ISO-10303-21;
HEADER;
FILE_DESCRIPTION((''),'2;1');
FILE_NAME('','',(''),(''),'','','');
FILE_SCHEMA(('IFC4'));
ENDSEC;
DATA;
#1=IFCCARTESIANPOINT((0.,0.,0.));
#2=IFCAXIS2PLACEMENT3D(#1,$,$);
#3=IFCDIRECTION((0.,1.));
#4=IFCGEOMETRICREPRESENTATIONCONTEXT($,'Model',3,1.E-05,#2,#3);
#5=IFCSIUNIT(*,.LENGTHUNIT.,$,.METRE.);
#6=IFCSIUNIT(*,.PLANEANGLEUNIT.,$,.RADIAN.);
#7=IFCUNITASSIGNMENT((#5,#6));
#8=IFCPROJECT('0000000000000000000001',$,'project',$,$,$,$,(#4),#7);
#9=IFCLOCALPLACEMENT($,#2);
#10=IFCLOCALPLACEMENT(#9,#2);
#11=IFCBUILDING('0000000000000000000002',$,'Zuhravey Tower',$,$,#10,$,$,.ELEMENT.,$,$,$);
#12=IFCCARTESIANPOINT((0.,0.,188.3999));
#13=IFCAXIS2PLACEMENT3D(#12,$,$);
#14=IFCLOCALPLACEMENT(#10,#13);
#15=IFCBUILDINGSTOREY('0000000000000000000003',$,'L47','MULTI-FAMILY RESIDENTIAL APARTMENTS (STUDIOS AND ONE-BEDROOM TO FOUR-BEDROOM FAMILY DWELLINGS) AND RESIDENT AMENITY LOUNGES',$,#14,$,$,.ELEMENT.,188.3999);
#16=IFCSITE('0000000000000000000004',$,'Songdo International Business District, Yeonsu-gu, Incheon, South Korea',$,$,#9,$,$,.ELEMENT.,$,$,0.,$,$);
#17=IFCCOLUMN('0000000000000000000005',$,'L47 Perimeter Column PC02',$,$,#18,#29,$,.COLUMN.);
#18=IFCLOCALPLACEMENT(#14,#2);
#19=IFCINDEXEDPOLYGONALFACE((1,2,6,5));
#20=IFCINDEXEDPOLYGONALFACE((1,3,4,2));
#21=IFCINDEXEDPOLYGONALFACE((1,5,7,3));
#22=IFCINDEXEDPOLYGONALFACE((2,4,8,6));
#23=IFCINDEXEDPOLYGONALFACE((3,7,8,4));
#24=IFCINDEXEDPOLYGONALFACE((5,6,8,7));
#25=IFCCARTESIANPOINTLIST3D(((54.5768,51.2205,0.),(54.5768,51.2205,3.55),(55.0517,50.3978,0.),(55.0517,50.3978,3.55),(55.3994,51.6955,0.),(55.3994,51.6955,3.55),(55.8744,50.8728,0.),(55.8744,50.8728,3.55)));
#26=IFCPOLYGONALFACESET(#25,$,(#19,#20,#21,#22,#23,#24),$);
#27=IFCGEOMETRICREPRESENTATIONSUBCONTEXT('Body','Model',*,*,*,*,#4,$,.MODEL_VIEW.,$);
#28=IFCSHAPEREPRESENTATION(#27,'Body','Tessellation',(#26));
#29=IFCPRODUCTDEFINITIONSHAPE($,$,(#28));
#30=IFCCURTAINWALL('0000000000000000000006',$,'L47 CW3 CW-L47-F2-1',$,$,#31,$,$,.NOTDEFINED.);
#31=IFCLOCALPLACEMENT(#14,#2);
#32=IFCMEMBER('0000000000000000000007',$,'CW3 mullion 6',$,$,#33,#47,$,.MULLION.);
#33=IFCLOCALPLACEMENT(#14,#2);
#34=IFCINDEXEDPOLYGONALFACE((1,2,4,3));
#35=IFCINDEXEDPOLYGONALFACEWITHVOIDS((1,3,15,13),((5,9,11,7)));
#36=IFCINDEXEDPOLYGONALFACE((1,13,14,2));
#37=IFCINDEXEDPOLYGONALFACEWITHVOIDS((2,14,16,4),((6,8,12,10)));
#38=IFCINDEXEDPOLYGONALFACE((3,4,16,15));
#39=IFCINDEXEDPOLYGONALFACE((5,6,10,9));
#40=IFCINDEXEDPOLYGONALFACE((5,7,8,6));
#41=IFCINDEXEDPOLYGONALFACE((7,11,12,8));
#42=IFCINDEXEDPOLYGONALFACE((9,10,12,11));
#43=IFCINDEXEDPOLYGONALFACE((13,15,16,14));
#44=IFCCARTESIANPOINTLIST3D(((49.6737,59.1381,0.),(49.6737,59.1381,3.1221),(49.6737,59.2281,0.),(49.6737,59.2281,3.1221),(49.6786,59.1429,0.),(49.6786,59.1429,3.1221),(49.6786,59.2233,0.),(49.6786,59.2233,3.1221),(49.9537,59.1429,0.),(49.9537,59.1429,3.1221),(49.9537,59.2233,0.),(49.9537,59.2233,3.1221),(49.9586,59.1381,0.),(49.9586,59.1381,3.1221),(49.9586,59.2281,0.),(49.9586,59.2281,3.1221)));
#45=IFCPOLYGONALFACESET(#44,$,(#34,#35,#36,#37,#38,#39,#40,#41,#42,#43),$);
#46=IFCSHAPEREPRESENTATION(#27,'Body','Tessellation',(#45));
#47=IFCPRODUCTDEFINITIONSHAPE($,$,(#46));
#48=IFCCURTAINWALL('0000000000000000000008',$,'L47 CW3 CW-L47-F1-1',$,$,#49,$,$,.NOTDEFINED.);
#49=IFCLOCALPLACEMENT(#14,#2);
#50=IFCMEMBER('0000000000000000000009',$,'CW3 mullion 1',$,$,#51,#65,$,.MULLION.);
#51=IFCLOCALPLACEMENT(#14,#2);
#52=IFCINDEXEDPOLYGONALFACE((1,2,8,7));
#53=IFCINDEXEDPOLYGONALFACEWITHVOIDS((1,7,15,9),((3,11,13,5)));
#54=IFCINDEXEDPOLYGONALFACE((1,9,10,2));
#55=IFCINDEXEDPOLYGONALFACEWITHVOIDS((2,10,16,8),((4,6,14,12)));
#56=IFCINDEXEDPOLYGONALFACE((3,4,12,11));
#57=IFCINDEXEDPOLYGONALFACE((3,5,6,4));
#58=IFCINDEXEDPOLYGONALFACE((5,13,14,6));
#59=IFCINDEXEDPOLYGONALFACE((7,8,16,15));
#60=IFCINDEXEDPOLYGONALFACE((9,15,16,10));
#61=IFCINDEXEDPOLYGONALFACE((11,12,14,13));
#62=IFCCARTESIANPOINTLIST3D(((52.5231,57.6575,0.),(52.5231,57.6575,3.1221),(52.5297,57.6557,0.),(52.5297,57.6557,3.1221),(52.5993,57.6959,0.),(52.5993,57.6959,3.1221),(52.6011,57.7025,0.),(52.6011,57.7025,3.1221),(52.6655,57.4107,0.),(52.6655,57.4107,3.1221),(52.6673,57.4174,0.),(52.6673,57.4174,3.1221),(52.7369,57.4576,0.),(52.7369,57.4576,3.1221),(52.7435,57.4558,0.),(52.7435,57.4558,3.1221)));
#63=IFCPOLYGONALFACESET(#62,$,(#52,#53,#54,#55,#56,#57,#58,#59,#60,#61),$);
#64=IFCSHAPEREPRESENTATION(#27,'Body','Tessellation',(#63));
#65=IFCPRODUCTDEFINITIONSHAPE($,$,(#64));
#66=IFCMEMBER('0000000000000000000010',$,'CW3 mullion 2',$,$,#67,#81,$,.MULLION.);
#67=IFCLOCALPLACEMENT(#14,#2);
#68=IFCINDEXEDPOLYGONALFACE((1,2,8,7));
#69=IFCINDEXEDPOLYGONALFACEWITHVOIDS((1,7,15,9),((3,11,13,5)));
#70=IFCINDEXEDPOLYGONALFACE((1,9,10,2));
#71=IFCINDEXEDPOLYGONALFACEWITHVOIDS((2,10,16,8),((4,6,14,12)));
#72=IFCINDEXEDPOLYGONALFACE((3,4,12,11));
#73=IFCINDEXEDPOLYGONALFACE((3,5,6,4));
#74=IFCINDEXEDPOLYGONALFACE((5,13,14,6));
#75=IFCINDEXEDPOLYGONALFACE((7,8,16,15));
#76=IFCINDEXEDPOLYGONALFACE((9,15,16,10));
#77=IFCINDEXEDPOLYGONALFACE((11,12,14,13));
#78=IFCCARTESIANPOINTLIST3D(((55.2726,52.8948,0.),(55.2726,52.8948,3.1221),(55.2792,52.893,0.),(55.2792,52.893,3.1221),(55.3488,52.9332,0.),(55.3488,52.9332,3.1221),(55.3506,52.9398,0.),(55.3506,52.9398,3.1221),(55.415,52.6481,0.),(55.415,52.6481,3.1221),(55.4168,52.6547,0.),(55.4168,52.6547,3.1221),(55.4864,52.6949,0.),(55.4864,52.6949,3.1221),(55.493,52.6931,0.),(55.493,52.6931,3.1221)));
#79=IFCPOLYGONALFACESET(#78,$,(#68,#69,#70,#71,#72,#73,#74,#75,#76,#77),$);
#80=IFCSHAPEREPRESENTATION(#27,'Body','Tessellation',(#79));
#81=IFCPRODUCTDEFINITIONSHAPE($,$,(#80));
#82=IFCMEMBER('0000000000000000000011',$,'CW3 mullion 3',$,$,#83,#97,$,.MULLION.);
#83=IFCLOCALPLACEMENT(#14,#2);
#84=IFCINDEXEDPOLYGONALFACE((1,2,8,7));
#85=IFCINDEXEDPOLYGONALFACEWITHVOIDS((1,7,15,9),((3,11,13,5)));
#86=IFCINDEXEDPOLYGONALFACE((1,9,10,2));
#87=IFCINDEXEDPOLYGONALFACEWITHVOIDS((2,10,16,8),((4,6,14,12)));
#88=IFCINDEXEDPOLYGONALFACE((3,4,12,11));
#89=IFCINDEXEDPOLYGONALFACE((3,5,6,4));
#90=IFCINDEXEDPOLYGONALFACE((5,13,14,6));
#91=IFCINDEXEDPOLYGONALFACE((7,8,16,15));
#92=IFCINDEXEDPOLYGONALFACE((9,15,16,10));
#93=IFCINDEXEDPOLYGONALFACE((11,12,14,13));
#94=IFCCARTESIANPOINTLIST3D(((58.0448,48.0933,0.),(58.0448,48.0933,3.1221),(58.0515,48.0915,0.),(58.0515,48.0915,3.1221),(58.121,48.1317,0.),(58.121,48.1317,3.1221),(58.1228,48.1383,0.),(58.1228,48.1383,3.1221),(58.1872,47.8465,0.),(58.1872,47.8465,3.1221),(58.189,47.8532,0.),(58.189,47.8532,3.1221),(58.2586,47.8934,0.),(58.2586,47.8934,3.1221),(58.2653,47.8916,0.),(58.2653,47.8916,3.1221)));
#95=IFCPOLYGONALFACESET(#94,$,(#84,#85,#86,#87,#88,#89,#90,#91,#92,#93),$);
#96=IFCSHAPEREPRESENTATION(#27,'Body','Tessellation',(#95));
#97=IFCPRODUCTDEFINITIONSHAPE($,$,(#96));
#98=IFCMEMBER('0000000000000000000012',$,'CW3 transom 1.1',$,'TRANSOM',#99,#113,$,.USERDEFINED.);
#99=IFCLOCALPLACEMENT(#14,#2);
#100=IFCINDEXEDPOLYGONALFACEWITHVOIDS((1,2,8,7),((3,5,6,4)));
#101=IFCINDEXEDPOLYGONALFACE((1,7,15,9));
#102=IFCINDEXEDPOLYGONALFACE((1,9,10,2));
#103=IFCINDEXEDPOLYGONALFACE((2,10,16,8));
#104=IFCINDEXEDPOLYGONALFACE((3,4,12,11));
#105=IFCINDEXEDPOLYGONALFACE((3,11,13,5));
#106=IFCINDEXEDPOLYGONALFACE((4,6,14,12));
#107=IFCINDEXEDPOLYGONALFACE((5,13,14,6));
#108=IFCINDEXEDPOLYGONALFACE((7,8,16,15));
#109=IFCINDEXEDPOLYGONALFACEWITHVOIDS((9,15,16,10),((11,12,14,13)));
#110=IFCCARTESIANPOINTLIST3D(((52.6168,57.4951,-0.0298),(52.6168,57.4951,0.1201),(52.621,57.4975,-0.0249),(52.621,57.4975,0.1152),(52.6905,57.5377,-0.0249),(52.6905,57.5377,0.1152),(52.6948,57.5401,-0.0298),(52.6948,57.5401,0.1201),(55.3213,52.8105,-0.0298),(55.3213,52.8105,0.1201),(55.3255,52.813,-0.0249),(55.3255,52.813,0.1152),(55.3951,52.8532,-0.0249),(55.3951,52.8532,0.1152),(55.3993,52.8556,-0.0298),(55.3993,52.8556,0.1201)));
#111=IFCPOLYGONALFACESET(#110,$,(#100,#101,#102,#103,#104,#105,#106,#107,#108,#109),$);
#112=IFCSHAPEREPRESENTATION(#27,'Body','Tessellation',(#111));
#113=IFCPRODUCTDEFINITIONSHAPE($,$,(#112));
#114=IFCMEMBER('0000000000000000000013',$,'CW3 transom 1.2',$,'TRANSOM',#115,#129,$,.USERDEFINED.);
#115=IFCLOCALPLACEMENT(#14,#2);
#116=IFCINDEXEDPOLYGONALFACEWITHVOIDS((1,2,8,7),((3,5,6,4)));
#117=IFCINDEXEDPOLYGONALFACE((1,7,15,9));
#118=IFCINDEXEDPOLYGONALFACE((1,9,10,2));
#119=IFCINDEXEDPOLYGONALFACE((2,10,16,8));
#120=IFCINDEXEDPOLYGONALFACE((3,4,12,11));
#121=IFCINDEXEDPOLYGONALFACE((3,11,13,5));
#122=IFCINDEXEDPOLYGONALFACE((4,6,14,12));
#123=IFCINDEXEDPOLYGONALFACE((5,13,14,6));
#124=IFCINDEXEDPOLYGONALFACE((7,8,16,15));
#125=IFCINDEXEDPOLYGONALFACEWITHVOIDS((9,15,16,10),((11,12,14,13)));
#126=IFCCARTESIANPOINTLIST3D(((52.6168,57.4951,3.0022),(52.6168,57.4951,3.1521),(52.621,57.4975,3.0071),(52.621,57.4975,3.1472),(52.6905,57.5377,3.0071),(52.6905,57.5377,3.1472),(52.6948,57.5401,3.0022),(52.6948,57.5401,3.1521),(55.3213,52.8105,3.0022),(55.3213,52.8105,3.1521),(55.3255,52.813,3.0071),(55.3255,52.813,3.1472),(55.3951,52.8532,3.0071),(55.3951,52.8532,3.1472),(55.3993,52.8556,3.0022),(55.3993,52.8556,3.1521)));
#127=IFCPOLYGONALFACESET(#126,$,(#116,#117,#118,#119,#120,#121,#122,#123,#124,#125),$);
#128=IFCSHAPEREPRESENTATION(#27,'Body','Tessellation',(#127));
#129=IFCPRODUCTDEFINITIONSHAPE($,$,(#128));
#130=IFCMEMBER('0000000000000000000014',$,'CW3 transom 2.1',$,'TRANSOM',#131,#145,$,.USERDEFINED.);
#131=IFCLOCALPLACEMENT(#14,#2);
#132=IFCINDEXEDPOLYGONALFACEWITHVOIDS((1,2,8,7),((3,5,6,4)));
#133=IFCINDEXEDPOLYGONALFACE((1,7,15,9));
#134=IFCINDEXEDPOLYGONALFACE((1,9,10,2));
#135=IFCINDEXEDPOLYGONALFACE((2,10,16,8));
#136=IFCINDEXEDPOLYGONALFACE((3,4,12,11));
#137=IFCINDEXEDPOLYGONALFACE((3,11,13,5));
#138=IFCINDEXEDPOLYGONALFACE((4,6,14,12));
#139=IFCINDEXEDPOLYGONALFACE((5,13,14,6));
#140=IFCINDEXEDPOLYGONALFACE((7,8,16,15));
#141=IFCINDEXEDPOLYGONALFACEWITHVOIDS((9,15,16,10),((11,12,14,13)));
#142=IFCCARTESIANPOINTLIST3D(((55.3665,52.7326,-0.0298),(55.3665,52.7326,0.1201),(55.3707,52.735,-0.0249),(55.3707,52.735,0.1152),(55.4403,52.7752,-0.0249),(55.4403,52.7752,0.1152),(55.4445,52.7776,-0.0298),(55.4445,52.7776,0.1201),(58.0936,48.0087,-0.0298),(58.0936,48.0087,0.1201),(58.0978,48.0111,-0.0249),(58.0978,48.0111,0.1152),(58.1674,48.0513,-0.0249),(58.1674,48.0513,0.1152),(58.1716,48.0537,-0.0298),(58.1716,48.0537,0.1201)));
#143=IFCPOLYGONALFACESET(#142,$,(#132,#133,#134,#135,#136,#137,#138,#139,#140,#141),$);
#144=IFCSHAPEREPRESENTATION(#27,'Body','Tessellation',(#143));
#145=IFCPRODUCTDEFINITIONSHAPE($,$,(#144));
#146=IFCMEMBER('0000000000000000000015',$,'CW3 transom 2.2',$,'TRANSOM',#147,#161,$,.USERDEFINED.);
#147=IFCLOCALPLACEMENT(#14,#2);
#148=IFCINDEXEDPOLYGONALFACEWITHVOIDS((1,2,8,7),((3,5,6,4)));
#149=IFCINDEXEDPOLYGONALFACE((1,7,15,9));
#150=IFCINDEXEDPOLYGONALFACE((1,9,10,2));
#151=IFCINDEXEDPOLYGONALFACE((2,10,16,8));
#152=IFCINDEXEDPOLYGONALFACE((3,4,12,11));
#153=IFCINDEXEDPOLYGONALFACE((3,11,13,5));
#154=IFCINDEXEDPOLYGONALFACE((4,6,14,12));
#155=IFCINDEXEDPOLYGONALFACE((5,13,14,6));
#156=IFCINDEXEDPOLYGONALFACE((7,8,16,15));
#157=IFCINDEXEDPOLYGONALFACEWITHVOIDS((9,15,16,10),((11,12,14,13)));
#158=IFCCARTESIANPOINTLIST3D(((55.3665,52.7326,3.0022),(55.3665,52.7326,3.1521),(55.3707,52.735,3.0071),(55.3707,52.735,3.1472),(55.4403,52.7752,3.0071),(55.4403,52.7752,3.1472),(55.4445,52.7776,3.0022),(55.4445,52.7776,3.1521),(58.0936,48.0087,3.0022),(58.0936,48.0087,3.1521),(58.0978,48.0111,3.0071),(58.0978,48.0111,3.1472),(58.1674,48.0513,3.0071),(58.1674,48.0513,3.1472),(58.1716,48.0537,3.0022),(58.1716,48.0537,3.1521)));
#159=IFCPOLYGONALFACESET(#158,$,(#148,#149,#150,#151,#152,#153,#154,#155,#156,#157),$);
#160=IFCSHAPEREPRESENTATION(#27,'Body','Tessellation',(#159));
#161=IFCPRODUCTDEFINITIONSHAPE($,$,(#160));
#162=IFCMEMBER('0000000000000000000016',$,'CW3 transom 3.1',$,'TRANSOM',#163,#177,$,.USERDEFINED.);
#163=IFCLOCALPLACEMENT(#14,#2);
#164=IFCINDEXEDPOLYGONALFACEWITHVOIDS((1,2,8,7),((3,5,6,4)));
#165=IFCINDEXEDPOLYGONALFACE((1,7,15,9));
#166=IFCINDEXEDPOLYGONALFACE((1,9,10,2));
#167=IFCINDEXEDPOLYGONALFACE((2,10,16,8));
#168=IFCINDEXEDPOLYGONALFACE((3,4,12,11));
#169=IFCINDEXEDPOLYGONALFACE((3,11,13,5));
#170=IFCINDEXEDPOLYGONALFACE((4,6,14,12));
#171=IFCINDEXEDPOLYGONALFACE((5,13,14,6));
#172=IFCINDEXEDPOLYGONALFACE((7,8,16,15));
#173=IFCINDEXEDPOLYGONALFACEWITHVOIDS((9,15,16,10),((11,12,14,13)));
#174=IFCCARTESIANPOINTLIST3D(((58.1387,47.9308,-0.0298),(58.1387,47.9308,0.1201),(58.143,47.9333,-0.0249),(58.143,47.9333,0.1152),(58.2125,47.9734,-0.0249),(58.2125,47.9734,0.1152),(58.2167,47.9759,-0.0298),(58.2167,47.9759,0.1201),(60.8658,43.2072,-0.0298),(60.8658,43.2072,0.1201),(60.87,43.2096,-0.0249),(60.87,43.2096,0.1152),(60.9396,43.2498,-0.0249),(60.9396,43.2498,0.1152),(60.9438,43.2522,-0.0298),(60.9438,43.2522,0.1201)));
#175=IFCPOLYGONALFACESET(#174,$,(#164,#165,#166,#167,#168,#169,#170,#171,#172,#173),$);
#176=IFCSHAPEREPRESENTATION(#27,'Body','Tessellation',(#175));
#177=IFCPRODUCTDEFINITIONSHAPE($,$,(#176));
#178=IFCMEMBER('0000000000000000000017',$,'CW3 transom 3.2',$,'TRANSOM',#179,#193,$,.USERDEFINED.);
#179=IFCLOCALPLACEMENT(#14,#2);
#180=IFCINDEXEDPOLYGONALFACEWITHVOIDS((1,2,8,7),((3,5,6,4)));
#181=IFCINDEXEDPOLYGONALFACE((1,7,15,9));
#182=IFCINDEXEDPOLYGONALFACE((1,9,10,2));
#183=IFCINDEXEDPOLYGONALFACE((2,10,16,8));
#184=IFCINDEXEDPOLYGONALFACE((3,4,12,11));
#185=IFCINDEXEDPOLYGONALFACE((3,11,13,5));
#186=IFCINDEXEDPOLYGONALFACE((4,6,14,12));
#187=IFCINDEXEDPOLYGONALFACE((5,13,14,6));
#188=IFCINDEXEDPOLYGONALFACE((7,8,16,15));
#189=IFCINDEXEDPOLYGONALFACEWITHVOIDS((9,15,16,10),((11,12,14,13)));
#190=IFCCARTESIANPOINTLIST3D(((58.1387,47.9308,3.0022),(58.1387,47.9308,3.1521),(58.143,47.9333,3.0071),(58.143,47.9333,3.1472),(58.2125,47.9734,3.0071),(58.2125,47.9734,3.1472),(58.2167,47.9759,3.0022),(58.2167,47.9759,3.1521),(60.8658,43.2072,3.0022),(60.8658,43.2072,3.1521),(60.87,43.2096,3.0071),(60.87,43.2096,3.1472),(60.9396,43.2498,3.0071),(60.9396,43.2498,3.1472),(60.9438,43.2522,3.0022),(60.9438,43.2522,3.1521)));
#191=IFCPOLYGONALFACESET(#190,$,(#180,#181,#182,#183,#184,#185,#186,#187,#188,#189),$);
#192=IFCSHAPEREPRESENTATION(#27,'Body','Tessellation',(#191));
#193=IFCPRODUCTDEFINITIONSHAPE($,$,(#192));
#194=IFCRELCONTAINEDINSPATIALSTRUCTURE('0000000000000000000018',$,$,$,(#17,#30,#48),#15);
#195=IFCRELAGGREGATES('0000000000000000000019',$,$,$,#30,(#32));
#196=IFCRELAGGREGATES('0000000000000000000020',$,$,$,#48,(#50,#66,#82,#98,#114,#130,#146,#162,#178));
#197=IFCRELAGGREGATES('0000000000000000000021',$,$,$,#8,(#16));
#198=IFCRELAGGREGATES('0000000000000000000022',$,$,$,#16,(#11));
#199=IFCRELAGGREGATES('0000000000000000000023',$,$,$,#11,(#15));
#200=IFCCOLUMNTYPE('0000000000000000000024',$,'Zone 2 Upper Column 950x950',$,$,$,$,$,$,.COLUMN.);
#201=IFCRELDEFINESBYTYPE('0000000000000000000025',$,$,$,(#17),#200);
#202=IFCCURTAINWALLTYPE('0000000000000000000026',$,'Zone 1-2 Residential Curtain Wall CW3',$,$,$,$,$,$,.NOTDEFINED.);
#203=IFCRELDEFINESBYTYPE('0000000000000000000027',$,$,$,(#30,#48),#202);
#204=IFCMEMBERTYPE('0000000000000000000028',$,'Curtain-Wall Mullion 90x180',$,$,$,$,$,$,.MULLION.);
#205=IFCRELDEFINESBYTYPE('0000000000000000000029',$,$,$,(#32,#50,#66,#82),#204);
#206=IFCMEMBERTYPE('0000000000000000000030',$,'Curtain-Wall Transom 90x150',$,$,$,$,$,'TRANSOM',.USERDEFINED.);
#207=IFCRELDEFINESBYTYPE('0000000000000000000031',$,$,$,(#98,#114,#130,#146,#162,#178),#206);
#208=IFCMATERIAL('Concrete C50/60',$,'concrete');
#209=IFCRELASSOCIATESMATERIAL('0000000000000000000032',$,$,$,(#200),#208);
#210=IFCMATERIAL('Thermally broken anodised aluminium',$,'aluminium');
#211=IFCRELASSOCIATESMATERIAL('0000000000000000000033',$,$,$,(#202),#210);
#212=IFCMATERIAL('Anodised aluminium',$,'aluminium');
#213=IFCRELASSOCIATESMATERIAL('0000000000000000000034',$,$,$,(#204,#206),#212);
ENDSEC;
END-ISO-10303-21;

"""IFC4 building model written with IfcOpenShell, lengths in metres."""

from ifc_helpers import new_model, si_unit, direction, frame, origin, origin_2d, place, context, subcontext, project, spatial, rectangle, hollow_rectangle, extrude, material, material_profile, profile_set, type_object, element, aggregate, save


model = new_model("IFC4")

# Units and contexts
model_context = context("Model", 3, precision=1e-05, world=origin(), true_north=direction((0.0, 1.0)))
body_context = subcontext(model_context, "Body", "Model", "MODEL_VIEW")
ifc_project = project(units=[si_unit("LENGTHUNIT", "METRE"), si_unit("PLANEANGLEUNIT", "RADIAN")], contexts=[model_context])

# Site, building, storey
site_placement = place(None, origin())
site = spatial("IfcSite", under=ifc_project, at=site_placement, Name="Songdo International Business District, Yeonsu-gu, Incheon, South Korea", CompositionType="ELEMENT", RefElevation=0.0)
building_placement = place(site_placement, origin())
building = spatial("IfcBuilding", under=site, at=building_placement, Name="Zuhravey Tower", CompositionType="ELEMENT")
storey_placement = place(building_placement, frame((0.0, 0.0, 188.3999)))
storey = spatial("IfcBuildingStorey", under=building, at=storey_placement, Name="L47", Description="MULTI-FAMILY RESIDENTIAL APARTMENTS (STUDIOS AND ONE-BEDROOM TO FOUR-BEDROOM FAMILY DWELLINGS) AND RESIDENT AMENITY LOUNGES", CompositionType="ELEMENT", Elevation=188.3999)

# Column
ifc_material_1 = material(Name="Concrete C50/60", Category="concrete")
ifc_material_profile_1 = material_profile(ifc_material_1, rectangle(XDim=0.95, YDim=0.95, at=origin_2d()), Name="RC-950x950")
ifc_profile_set_1 = profile_set([ifc_material_profile_1], Name="Concrete C50/60")
column_type = type_object("IfcColumnType", Name="Zone 2 Upper Column 950x950", PredefinedType="COLUMN", material=ifc_profile_set_1)
column_placement = place(storey_placement, frame((55.2256, 51.0466, 0.0), z_axis=(0.0, 0.0, 1.0), x_axis=(-0.5, 0.866025, 0.0)))
element("IfcColumn", 1, at=column_placement, inside=storey, type_object=column_type, Name="L47 Perimeter Column PC02", PredefinedType="COLUMN", context=body_context, shape_type="SweptSolid", body=[
    extrude(rectangle(XDim=0.95, YDim=0.95, at=origin_2d()), origin(), (0.0, 0.0, 1.0), 3.55),
])

# Curtain wall, member
ifc_material_2 = material(Name="Thermally broken anodised aluminium", Category="aluminium")
curtain_wall_type = type_object("IfcCurtainWallType", Name="Zone 1-2 Residential Curtain Wall CW3", PredefinedType="NOTDEFINED", material=ifc_material_2)
curtain_wall_1_placement = place(storey_placement, origin())
curtain_wall_1 = element("IfcCurtainWall", 2, at=curtain_wall_1_placement, inside=storey, type_object=curtain_wall_type, Name="L47 CW3 CW-L47-F2-1", PredefinedType="NOTDEFINED")
ifc_material_3 = material(Name="Anodised aluminium", Category="aluminium")
ifc_material_profile_2 = material_profile(ifc_material_3, hollow_rectangle(XDim=0.0901, YDim=0.2849, WallThickness=0.0049, at=origin_2d()), Name="ALU-RHS-90x285x5")
ifc_profile_set_2 = profile_set([ifc_material_profile_2], Name="Anodised aluminium")
member_type_1 = type_object("IfcMemberType", Name="Curtain-Wall Mullion 90x180", PredefinedType="MULLION", material=ifc_profile_set_2)
member_1_placement = place(storey_placement, frame((49.8162, 59.1831, 0.0), z_axis=(0.0, 0.0, 1.0), x_axis=(0.0, 1.0, 0.0)))
member_1 = element("IfcMember", 3, at=member_1_placement, type_object=member_type_1, Name="CW3 mullion 6", PredefinedType="MULLION", context=body_context, shape_type="SweptSolid", body=[
    extrude(hollow_rectangle(XDim=0.0901, YDim=0.2849, WallThickness=0.0049, at=origin_2d()), origin(), (0.0, 0.0, 1.0), 3.1221),
])
aggregate(curtain_wall_1, [member_1])

# Curtain wall, members
curtain_wall_2_placement = place(storey_placement, origin())
curtain_wall_2 = element("IfcCurtainWall", 4, at=curtain_wall_2_placement, inside=storey, type_object=curtain_wall_type, Name="L47 CW3 CW-L47-F1-1", PredefinedType="NOTDEFINED")
member_2_placement = place(storey_placement, frame((52.6333, 57.5566, 0.0), z_axis=(0.0, 0.0, 1.0), x_axis=(0.866025, 0.5, 0.0)))
member_2 = element("IfcMember", 5, at=member_2_placement, type_object=member_type_1, Name="CW3 mullion 1", PredefinedType="MULLION", context=body_context, shape_type="SweptSolid", body=[
    extrude(hollow_rectangle(XDim=0.0901, YDim=0.2849, WallThickness=0.0049, at=origin_2d()), origin(), (0.0, 0.0, 1.0), 3.1221),
])
member_3_placement = place(storey_placement, frame((55.3828, 52.7939, 0.0), z_axis=(0.0, 0.0, 1.0), x_axis=(0.866025, 0.5, 0.0)))
member_3 = element("IfcMember", 6, at=member_3_placement, type_object=member_type_1, Name="CW3 mullion 2", PredefinedType="MULLION", context=body_context, shape_type="SweptSolid", body=[
    extrude(hollow_rectangle(XDim=0.0901, YDim=0.2849, WallThickness=0.0049, at=origin_2d()), origin(), (0.0, 0.0, 1.0), 3.1221),
])
member_4_placement = place(storey_placement, frame((58.155, 47.9924, 0.0), z_axis=(0.0, 0.0, 1.0), x_axis=(0.866025, 0.5, 0.0)))
member_4 = element("IfcMember", 7, at=member_4_placement, type_object=member_type_1, Name="CW3 mullion 3", PredefinedType="MULLION", context=body_context, shape_type="SweptSolid", body=[
    extrude(hollow_rectangle(XDim=0.0901, YDim=0.2849, WallThickness=0.0049, at=origin_2d()), origin(), (0.0, 0.0, 1.0), 3.1221),
])
ifc_material_profile_3 = material_profile(ifc_material_3, hollow_rectangle(XDim=0.0901, YDim=0.1499, WallThickness=0.0049, at=origin_2d()), Name="ALU-RHS-90x150x5")
ifc_profile_set_3 = profile_set([ifc_material_profile_3], Name="Anodised aluminium")
member_type_2 = type_object("IfcMemberType", Name="Curtain-Wall Transom 90x150", ElementType="TRANSOM", PredefinedType="USERDEFINED", material=ifc_profile_set_3)
member_5_placement = place(storey_placement, frame((52.6558, 57.5176, 0.0452), z_axis=(0.499993, -0.866029, 0.0), x_axis=(0.866029, 0.499993, 0.0)))
member_5 = element("IfcMember", 8, at=member_5_placement, type_object=member_type_2, Name="CW3 transom 1.1", ObjectType="TRANSOM", PredefinedType="USERDEFINED", context=body_context, shape_type="SweptSolid", body=[
    extrude(hollow_rectangle(XDim=0.0901, YDim=0.1499, WallThickness=0.0049, at=origin_2d()), origin(), (0.0, 0.0, 1.0), 5.4092),
])
member_6_placement = place(storey_placement, frame((52.6558, 57.5176, 3.0771), z_axis=(0.499993, -0.866029, 0.0), x_axis=(0.866029, 0.499993, 0.0)))
member_6 = element("IfcMember", 9, at=member_6_placement, type_object=member_type_2, Name="CW3 transom 1.2", ObjectType="TRANSOM", PredefinedType="USERDEFINED", context=body_context, shape_type="SweptSolid", body=[
    extrude(hollow_rectangle(XDim=0.0901, YDim=0.1499, WallThickness=0.0049, at=origin_2d()), origin(), (0.0, 0.0, 1.0), 5.4092),
])
member_7_placement = place(storey_placement, frame((55.4055, 52.7551, 0.0452), z_axis=(0.499961, -0.866048, 0.0), x_axis=(0.866048, 0.499961, 0.0)))
member_7 = element("IfcMember", 10, at=member_7_placement, type_object=member_type_2, Name="CW3 transom 2.1", ObjectType="TRANSOM", PredefinedType="USERDEFINED", context=body_context, shape_type="SweptSolid", body=[
    extrude(hollow_rectangle(XDim=0.0901, YDim=0.1499, WallThickness=0.0049, at=origin_2d()), origin(), (0.0, 0.0, 1.0), 5.4546),
])
member_8_placement = place(storey_placement, frame((55.4055, 52.7551, 3.0771), z_axis=(0.499961, -0.866048, 0.0), x_axis=(0.866048, 0.499961, 0.0)))
member_8 = element("IfcMember", 11, at=member_8_placement, type_object=member_type_2, Name="CW3 transom 2.2", ObjectType="TRANSOM", PredefinedType="USERDEFINED", context=body_context, shape_type="SweptSolid", body=[
    extrude(hollow_rectangle(XDim=0.0901, YDim=0.1499, WallThickness=0.0049, at=origin_2d()), origin(), (0.0, 0.0, 1.0), 5.4546),
])
member_9_placement = place(storey_placement, frame((58.1777, 47.9534, 0.0452), z_axis=(0.499981, -0.866037, 0.0), x_axis=(0.866037, 0.499981, 0.0)))
member_9 = element("IfcMember", 12, at=member_9_placement, type_object=member_type_2, Name="CW3 transom 3.1", ObjectType="TRANSOM", PredefinedType="USERDEFINED", context=body_context, shape_type="SweptSolid", body=[
    extrude(hollow_rectangle(XDim=0.0901, YDim=0.1499, WallThickness=0.0049, at=origin_2d()), origin(), (0.0, 0.0, 1.0), 5.4543),
])
member_10_placement = place(storey_placement, frame((58.1777, 47.9534, 3.0771), z_axis=(0.499981, -0.866037, 0.0), x_axis=(0.866037, 0.499981, 0.0)))
member_10 = element("IfcMember", 13, at=member_10_placement, type_object=member_type_2, Name="CW3 transom 3.2", ObjectType="TRANSOM", PredefinedType="USERDEFINED", context=body_context, shape_type="SweptSolid", body=[
    extrude(hollow_rectangle(XDim=0.0901, YDim=0.1499, WallThickness=0.0049, at=origin_2d()), origin(), (0.0, 0.0, 1.0), 5.4543),
])

aggregate(curtain_wall_2, [member_2, member_3, member_4, member_5, member_6, member_7, member_8, member_9, member_10])

save(model, "model.ifc")
